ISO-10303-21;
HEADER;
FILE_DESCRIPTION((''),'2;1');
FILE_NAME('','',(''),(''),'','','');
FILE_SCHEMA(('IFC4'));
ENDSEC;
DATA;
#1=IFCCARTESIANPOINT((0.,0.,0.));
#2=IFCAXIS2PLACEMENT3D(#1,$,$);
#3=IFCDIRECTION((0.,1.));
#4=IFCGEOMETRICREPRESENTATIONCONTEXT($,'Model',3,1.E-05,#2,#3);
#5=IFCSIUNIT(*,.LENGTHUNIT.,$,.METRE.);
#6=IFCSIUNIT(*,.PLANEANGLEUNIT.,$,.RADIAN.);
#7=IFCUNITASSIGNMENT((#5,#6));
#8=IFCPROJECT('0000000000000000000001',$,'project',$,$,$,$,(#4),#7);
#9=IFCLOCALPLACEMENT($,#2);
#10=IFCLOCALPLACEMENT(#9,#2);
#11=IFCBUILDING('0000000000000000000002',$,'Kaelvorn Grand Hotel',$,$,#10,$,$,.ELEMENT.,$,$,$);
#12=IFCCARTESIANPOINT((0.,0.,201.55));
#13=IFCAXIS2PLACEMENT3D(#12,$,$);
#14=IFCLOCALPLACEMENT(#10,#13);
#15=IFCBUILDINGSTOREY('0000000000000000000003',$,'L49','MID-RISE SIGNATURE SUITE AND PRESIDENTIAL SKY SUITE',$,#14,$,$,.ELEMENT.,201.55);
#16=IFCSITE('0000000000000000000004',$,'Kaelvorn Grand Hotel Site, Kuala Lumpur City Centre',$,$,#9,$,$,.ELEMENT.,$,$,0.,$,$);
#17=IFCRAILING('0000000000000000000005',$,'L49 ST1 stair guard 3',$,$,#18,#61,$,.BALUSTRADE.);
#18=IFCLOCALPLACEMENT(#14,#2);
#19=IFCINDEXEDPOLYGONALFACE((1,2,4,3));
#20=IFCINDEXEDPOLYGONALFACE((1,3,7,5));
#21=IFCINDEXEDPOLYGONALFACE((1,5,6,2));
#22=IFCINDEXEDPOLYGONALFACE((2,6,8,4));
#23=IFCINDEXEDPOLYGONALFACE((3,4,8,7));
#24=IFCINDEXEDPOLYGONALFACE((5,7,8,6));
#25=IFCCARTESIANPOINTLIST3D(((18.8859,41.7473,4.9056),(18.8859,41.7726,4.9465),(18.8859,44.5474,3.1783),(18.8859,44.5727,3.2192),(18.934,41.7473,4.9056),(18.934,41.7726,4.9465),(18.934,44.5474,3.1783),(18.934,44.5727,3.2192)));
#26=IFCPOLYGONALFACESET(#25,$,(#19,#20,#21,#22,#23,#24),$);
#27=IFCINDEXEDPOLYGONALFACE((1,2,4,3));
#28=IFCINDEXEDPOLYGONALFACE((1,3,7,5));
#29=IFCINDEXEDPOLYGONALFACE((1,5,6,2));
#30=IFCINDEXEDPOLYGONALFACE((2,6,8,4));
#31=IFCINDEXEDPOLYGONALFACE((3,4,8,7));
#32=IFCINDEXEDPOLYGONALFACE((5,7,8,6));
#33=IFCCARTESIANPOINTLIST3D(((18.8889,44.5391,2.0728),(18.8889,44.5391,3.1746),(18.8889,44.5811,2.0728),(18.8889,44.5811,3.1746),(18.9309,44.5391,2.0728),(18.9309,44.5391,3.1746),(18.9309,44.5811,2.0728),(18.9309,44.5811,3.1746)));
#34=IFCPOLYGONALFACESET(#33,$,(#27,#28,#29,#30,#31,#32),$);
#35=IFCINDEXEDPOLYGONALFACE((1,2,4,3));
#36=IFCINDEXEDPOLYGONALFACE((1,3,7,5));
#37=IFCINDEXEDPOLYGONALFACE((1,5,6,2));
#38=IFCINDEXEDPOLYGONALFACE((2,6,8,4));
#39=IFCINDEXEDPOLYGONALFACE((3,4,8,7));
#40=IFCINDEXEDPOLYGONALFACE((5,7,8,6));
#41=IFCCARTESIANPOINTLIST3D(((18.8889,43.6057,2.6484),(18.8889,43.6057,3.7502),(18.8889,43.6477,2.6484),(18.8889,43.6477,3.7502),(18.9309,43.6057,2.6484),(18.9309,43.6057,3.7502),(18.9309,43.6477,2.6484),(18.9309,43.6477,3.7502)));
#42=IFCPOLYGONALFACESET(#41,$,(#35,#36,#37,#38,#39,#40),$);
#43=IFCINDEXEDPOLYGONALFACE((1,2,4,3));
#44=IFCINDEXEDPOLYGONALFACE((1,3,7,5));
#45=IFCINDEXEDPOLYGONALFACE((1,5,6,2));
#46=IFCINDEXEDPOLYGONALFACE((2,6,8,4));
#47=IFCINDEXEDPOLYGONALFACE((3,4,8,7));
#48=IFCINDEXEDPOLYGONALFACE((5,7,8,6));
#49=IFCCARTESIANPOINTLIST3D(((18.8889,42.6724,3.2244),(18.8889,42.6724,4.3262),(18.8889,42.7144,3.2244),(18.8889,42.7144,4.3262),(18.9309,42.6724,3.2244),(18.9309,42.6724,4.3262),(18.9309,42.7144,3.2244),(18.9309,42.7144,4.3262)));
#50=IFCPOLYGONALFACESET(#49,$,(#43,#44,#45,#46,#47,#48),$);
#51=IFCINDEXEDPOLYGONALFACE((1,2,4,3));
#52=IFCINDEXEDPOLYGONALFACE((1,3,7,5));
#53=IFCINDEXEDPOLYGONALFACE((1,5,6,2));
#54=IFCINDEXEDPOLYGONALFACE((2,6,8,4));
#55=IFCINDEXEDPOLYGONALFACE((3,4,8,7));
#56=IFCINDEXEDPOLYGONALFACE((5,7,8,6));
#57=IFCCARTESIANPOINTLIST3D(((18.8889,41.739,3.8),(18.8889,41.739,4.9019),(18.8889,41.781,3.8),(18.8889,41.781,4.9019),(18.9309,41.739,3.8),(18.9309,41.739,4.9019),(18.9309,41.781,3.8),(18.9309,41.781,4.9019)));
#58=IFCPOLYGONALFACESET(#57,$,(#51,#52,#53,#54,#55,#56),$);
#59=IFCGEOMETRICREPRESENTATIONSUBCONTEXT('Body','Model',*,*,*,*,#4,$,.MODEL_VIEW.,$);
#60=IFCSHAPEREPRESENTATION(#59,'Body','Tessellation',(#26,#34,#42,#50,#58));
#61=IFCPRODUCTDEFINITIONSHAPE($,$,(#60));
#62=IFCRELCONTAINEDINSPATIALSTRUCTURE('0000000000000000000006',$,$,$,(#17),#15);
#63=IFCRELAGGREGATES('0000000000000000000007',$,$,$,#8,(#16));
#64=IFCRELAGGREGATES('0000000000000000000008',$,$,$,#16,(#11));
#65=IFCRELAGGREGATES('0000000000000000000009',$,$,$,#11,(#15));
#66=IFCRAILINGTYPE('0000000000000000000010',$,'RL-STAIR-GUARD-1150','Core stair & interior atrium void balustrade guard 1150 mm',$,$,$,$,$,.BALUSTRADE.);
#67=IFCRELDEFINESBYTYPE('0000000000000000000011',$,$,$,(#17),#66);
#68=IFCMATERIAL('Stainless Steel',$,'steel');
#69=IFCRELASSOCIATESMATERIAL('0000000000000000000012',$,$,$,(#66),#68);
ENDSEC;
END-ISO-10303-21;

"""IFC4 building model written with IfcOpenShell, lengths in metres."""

from ifc_helpers import new_model, si_unit, direction, frame, origin, origin_2d, place, context, subcontext, project, spatial, rectangle, extrude, material, type_object, element, save


model = new_model("IFC4")

# Units and contexts
model_context = context("Model", 3, precision=1e-05, world=origin(), true_north=direction((0.0, 1.0)))
body_context = subcontext(model_context, "Body", "Model", "MODEL_VIEW")
ifc_project = project(units=[si_unit("LENGTHUNIT", "METRE"), si_unit("PLANEANGLEUNIT", "RADIAN")], contexts=[model_context])

# Site, building, storey
site_placement = place(None, origin())
site = spatial("IfcSite", under=ifc_project, at=site_placement, Name="Kaelvorn Grand Hotel Site, Kuala Lumpur City Centre", CompositionType="ELEMENT", RefElevation=0.0)
building_placement = place(site_placement, origin())
building = spatial("IfcBuilding", under=site, at=building_placement, Name="Kaelvorn Grand Hotel", CompositionType="ELEMENT")
storey_placement = place(building_placement, frame((0.0, 0.0, 201.55)))
storey = spatial("IfcBuildingStorey", under=building, at=storey_placement, Name="L49", Description="MID-RISE SIGNATURE SUITE AND PRESIDENTIAL SKY SUITE", CompositionType="ELEMENT", Elevation=201.55)

# Railing
ifc_material_1 = material(Name="Stainless Steel", Category="steel")
railing_type_1 = type_object("IfcRailingType", Name="RL-STAIR-GUARD-1150", Description="Core stair & interior atrium void balustrade guard 1150 mm", PredefinedType="BALUSTRADE", material=ifc_material_1)
railing_1_placement = place(storey_placement, frame((18.9099, 44.5601, 2.0728)))
element("IfcRailing", 1, at=railing_1_placement, inside=storey, type_object=railing_type_1, Name="L49 ST1 stair guard 3", PredefinedType="BALUSTRADE", context=body_context, shape_type="SweptSolid", body=[
    extrude(rectangle(XDim=0.0481, YDim=0.0481, at=origin_2d()), frame((0.0, 0.0, 1.126), z_axis=(0.0, -0.85109, 0.52502), x_axis=(1.0, 0.0, 0.0)), (0.0, 0.0, 1.0), 3.29),
    extrude(rectangle(XDim=0.042, YDim=0.042, at=origin_2d()), origin(), (0.0, 0.0, 1.0), 1.1018),
    extrude(rectangle(XDim=0.042, YDim=0.042, at=origin_2d()), frame((0.0, -0.9333, 0.5757)), (0.0, 0.0, 1.0), 1.1018),
    extrude(rectangle(XDim=0.042, YDim=0.042, at=origin_2d()), frame((0.0, -1.8667, 1.1516)), (0.0, 0.0, 1.0), 1.1018),
    extrude(rectangle(XDim=0.042, YDim=0.042, at=origin_2d()), frame((0.0, -2.8, 1.7273)), (0.0, 0.0, 1.0), 1.1018),
])

save(model, "model.ifc")
